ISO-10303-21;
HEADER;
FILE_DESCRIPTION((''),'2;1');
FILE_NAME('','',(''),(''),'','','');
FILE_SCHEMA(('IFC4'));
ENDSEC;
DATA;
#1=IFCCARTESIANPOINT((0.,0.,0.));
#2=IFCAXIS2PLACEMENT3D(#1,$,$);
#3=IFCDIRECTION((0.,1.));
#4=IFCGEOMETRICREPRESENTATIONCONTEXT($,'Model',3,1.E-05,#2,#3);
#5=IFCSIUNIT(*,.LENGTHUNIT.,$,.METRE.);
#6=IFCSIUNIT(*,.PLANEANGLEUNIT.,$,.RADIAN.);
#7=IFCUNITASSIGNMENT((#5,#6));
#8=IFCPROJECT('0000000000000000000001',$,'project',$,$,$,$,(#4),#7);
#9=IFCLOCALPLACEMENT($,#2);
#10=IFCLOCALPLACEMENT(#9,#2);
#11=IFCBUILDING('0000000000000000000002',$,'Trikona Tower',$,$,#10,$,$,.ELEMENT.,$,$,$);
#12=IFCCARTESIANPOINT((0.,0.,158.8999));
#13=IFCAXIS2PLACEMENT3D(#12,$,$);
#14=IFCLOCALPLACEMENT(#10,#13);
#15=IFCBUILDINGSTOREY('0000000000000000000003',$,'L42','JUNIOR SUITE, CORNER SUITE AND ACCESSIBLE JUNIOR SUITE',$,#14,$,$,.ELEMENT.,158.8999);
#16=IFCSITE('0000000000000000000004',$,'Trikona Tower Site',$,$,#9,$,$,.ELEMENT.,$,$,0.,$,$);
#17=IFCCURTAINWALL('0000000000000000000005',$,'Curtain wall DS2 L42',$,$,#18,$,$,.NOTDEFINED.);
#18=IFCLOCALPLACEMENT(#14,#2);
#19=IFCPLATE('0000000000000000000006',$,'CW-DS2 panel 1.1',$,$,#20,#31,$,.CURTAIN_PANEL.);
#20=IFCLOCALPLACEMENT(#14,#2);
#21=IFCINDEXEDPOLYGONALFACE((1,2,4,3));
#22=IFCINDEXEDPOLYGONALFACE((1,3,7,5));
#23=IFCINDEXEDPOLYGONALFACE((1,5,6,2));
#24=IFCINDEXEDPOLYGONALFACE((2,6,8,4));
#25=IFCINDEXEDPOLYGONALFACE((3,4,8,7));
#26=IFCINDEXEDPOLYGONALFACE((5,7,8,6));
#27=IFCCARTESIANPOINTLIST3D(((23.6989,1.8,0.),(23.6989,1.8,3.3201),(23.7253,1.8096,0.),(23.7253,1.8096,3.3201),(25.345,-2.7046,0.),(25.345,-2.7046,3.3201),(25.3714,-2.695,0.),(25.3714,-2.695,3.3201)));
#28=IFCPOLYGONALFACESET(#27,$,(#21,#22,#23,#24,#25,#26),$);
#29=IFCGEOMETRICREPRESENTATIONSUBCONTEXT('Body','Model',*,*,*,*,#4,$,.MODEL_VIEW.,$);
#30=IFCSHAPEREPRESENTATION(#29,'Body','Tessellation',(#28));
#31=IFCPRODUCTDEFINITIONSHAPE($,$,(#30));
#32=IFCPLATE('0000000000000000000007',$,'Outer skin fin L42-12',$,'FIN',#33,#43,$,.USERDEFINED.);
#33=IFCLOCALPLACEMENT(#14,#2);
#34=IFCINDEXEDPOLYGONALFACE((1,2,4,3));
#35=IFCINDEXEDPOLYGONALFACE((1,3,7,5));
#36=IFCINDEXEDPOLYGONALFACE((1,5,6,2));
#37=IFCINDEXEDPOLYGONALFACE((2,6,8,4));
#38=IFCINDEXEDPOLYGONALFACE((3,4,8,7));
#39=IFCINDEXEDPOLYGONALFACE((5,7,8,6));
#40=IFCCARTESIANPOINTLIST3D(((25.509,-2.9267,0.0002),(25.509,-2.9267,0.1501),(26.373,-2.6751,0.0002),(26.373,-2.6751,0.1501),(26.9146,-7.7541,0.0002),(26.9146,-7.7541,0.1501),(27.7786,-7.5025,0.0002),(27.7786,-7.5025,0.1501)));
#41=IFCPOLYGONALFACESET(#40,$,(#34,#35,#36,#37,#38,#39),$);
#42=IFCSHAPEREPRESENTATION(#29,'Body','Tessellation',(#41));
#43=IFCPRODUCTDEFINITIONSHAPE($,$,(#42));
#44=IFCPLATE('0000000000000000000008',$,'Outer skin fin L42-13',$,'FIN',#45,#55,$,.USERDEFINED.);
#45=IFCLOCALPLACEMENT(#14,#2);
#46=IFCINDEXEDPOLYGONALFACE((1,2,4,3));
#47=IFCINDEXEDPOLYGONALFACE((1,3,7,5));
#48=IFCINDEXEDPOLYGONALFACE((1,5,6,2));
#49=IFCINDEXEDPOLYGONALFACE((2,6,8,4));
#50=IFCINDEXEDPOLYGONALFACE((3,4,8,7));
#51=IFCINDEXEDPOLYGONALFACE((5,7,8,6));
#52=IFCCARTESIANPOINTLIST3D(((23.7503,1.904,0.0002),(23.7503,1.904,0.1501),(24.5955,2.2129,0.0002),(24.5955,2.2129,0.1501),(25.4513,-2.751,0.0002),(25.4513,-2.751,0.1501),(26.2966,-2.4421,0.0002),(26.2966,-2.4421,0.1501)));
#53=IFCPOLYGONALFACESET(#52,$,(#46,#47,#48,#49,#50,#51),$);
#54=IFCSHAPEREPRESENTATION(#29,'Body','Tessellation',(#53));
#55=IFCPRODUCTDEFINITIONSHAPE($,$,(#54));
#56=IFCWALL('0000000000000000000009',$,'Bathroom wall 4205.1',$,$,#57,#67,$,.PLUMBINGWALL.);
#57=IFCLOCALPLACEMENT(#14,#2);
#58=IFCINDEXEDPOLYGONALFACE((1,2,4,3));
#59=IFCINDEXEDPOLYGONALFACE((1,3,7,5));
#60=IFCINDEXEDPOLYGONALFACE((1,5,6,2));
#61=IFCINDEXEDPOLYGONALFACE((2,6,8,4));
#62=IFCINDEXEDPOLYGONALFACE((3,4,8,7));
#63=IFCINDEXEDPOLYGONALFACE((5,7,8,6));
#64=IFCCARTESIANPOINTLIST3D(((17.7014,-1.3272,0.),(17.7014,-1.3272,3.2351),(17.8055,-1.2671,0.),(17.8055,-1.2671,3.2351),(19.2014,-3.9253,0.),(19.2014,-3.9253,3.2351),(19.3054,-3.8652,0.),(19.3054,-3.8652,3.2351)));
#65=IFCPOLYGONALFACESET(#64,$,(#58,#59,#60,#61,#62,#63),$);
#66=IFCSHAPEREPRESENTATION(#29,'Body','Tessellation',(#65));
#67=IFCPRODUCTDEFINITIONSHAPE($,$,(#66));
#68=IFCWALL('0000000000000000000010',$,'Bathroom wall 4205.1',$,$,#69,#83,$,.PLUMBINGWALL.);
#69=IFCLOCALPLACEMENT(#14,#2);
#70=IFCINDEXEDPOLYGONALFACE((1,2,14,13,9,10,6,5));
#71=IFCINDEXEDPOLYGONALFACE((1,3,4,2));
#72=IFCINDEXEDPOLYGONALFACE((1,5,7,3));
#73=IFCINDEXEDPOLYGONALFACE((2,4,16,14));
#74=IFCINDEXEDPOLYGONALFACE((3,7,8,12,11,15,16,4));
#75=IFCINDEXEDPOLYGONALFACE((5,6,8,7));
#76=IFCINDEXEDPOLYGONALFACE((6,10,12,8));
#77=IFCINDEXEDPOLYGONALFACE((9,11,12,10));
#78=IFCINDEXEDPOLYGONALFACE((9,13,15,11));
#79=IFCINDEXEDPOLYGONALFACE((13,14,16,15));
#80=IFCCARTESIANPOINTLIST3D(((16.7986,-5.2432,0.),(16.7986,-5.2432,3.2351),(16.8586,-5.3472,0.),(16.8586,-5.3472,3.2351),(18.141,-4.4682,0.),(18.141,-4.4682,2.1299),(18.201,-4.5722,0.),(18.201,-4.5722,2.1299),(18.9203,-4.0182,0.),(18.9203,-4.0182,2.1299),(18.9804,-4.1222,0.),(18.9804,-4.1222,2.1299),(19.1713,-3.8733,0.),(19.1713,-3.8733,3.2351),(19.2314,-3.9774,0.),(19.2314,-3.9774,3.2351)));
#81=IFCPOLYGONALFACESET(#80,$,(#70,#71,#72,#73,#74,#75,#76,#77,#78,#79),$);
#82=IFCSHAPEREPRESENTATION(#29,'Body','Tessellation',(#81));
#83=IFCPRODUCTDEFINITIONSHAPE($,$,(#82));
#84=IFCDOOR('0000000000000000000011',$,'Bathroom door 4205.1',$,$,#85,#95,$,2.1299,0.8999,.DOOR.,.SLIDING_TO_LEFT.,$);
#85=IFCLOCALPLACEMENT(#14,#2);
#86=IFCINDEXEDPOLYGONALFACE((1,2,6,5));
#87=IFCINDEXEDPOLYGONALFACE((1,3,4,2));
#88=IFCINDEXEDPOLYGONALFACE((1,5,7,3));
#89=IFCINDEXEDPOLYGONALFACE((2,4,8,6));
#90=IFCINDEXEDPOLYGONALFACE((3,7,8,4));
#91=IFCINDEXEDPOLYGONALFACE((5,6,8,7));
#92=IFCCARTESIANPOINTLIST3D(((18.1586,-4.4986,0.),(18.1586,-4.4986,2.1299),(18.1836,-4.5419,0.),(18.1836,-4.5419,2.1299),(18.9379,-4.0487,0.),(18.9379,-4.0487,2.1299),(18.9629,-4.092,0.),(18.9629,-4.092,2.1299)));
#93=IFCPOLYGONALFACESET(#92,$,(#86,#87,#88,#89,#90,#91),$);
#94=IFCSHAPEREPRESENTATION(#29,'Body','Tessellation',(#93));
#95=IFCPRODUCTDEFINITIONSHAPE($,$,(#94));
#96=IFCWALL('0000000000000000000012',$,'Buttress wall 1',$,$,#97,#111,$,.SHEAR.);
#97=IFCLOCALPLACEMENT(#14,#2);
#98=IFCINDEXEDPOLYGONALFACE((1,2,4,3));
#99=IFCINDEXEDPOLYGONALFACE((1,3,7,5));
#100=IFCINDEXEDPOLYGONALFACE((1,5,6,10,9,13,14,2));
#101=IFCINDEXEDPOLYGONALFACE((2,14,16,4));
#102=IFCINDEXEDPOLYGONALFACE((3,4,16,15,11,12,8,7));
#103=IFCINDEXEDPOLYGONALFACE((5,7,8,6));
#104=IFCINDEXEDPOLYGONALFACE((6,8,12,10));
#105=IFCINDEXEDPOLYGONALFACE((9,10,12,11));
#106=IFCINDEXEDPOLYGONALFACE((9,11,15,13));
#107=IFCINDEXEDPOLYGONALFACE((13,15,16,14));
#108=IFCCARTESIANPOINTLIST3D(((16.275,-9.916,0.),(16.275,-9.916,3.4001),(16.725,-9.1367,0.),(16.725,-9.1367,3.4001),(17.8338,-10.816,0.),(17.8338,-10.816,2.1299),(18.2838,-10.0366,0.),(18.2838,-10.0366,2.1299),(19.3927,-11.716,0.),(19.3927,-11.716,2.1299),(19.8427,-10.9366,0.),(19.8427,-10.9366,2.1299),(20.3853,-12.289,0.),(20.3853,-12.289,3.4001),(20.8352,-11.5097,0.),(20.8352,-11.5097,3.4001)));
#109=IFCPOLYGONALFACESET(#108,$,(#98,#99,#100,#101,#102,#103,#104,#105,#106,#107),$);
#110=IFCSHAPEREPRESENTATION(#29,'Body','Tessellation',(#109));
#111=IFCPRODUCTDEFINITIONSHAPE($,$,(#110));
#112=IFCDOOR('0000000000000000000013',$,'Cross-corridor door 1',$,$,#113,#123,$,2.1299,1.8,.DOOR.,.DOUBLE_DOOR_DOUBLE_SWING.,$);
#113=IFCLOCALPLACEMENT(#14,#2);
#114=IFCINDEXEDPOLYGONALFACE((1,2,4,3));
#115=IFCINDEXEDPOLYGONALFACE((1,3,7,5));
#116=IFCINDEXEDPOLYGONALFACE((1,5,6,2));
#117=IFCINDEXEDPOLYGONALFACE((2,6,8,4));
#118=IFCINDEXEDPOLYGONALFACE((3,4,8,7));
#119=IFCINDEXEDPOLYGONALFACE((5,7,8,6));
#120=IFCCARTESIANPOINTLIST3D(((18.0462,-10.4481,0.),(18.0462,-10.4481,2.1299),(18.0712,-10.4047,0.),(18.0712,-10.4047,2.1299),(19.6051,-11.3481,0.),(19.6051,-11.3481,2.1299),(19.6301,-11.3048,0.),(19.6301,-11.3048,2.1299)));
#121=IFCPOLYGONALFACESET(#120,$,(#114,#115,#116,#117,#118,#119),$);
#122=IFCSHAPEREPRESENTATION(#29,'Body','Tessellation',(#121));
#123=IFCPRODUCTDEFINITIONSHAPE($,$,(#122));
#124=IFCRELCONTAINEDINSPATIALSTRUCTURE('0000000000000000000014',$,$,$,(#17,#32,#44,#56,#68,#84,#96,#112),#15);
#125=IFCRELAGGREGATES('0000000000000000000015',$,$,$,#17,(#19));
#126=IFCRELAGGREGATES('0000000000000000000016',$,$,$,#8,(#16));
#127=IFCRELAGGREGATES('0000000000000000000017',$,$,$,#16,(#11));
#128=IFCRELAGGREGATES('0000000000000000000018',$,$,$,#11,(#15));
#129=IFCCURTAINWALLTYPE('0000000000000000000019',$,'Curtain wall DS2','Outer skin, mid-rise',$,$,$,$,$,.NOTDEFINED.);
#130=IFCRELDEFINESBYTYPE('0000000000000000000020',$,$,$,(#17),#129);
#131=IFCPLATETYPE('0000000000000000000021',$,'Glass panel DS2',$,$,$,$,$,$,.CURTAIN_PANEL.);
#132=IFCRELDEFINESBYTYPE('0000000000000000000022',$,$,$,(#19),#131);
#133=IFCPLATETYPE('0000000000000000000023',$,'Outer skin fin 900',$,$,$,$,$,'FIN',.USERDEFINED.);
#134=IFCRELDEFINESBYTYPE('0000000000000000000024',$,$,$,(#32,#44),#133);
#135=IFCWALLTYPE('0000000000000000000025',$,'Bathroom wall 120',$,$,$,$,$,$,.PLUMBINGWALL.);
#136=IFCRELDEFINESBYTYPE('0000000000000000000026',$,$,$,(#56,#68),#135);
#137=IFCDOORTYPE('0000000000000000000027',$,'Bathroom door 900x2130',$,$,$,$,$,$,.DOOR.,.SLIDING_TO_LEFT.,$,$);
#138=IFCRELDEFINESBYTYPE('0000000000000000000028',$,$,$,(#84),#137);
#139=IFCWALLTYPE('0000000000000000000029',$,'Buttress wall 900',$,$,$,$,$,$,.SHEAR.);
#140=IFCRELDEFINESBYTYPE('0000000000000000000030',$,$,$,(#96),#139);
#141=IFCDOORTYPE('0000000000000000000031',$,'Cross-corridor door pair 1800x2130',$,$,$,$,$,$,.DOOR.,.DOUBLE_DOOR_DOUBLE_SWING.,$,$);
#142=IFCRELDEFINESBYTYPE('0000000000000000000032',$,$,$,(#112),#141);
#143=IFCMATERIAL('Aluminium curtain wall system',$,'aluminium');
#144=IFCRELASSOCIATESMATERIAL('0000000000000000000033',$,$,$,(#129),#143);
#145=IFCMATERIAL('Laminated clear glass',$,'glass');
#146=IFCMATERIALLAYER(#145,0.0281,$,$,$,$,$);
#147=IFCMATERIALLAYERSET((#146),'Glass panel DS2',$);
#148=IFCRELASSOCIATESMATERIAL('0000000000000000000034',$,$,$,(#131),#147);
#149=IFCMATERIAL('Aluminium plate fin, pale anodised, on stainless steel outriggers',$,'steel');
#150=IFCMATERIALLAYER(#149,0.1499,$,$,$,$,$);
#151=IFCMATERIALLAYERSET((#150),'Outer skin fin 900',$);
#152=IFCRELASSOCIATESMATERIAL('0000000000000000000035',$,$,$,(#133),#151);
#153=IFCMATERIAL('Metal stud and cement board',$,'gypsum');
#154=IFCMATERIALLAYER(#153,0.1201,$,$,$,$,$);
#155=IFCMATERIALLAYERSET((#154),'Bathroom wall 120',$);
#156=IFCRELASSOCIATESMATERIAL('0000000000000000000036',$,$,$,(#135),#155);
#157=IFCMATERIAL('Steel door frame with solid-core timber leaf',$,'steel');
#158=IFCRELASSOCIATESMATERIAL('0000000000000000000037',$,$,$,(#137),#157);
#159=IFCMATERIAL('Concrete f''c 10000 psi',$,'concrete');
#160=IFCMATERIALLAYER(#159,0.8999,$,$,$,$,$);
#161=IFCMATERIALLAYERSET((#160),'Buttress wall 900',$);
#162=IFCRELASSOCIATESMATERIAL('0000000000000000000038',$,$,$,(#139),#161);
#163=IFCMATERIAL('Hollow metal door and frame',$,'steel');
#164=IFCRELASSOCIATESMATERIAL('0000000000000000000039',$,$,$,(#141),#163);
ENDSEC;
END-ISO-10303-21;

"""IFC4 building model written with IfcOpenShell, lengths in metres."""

from ifc_helpers import new_model, si_unit, direction, frame, frame_2d, origin, origin_2d, place, context, subcontext, project, spatial, rectangle, extrude, material, layer, layer_set, type_object, element, fill, aggregate, save


model = new_model("IFC4")

# Units and contexts
model_context = context("Model", 3, precision=1e-05, world=origin(), true_north=direction((0.0, 1.0)))
body_context = subcontext(model_context, "Body", "Model", "MODEL_VIEW")
ifc_project = project(units=[si_unit("LENGTHUNIT", "METRE"), si_unit("PLANEANGLEUNIT", "RADIAN")], contexts=[model_context])

# Site, building, storey
site_placement = place(None, origin())
site = spatial("IfcSite", under=ifc_project, at=site_placement, Name="Trikona Tower Site", CompositionType="ELEMENT", RefElevation=0.0)
building_placement = place(site_placement, origin())
building = spatial("IfcBuilding", under=site, at=building_placement, Name="Trikona Tower", CompositionType="ELEMENT")
storey_placement = place(building_placement, frame((0.0, 0.0, 158.8999)))
storey = spatial("IfcBuildingStorey", under=building, at=storey_placement, Name="L42", Description="JUNIOR SUITE, CORNER SUITE AND ACCESSIBLE JUNIOR SUITE", CompositionType="ELEMENT", Elevation=158.8999)

# Shared definitions
ifc_material_1 = material(Name="Aluminium curtain wall system", Category="aluminium")
curtain_wall_type = type_object("IfcCurtainWallType", Name="Curtain wall DS2", Description="Outer skin, mid-rise", PredefinedType="NOTDEFINED", material=ifc_material_1)

# Curtain wall
curtain_wall_1_placement = place(storey_placement, origin())
curtain_wall_1 = element("IfcCurtainWall", 1, at=curtain_wall_1_placement, inside=storey, type_object=curtain_wall_type, Name="Curtain wall DS2 L42", PredefinedType="NOTDEFINED")

# Plate
ifc_material_2 = material(Name="Laminated clear glass", Category="glass")
ifc_layer_1 = layer(ifc_material_2, 0.0281)
ifc_layer_set_1 = layer_set([ifc_layer_1], Name="Glass panel DS2")
plate_type_1 = type_object("IfcPlateType", Name="Glass panel DS2", PredefinedType="CURTAIN_PANEL", material=ifc_layer_set_1)
plate_1_placement = place(storey_placement, frame((24.5352, -0.4475, 0.0), z_axis=(0.0, 0.0, 1.0), x_axis=(-0.343223, 0.939254, 0.0)))
plate_1 = element("IfcPlate", 2, at=plate_1_placement, type_object=plate_type_1, Name="CW-DS2 panel 1.1", PredefinedType="CURTAIN_PANEL", context=body_context, shape_type="SweptSolid", body=[
    extrude(rectangle(XDim=4.7959, YDim=0.0281, at=origin_2d()), origin(), (0.0, 0.0, 1.0), 3.3201),
])
aggregate(curtain_wall_1, [plate_1])

# Plates
ifc_material_3 = material(Name="Aluminium plate fin, pale anodised, on stainless steel outriggers", Category="steel")
ifc_layer_2 = layer(ifc_material_3, 0.1499)
ifc_layer_set_2 = layer_set([ifc_layer_2], Name="Outer skin fin 900")
plate_type_2 = type_object("IfcPlateType", Name="Outer skin fin 900", ElementType="FIN", PredefinedType="USERDEFINED", material=ifc_layer_set_2)
plate_2_placement = place(storey_placement, frame((26.6438, -5.2146, 0.0002), z_axis=(0.0, 0.0, 1.0), x_axis=(-0.279554, 0.96013, 0.0)))
element("IfcPlate", 3, at=plate_2_placement, inside=storey, type_object=plate_type_2, Name="Outer skin fin L42-12", ObjectType="FIN", PredefinedType="USERDEFINED", context=body_context, shape_type="SweptSolid", body=[
    extrude(rectangle(XDim=5.0278, YDim=0.8999, at=origin_2d()), origin(), (0.0, 0.0, 1.0), 0.1499),
])
plate_3_placement = place(storey_placement, frame((25.0234, -0.269, 0.0002), z_axis=(0.0, 0.0, 1.0), x_axis=(-0.34322, 0.939255, 0.0)))
element("IfcPlate", 4, at=plate_3_placement, inside=storey, type_object=plate_type_2, Name="Outer skin fin L42-13", ObjectType="FIN", PredefinedType="USERDEFINED", context=body_context, shape_type="SweptSolid", body=[
    extrude(rectangle(XDim=4.9561, YDim=0.8999, at=origin_2d()), origin(), (0.0, 0.0, 1.0), 0.1499),
])

# Wall
ifc_material_4 = material(Name="Metal stud and cement board", Category="gypsum")
ifc_layer_3 = layer(ifc_material_4, 0.1201)
ifc_layer_set_3 = layer_set([ifc_layer_3], Name="Bathroom wall 120")
wall_type_1 = type_object("IfcWallType", Name="Bathroom wall 120", PredefinedType="PLUMBINGWALL", material=ifc_layer_set_3)
wall_1_placement = place(storey_placement, frame((19.2534, -3.8953, 0.0), z_axis=(0.0, 0.0, 1.0), x_axis=(-0.49999, 0.866031, 0.0)))
element("IfcWall", 5, at=wall_1_placement, inside=storey, type_object=wall_type_1, Name="Bathroom wall 4205.1", PredefinedType="PLUMBINGWALL", context=body_context, shape_type="SweptSolid", body=[
    extrude(rectangle(XDim=3.0, YDim=0.1201, at=frame_2d((1.5, 0.0))), origin(), (0.0, 0.0, 1.0), 3.2351),
])

# Walls, openings, doors
wall_2_placement = place(storey_placement, frame((16.8286, -5.2952, 0.0), z_axis=(0.0, 0.0, 1.0), x_axis=(0.866036, 0.499982, 0.0)))
wall_2 = element("IfcWall", 6, at=wall_2_placement, inside=storey, type_object=wall_type_1, Name="Bathroom wall 4205.1", PredefinedType="PLUMBINGWALL", context=body_context, shape_type="SweptSolid", body=[
    extrude(rectangle(XDim=2.7397, YDim=0.1201, at=frame_2d((1.3699, 0.0))), origin(), (0.0, 0.0, 1.0), 3.2351),
])
opening_1_placement = place(wall_2_placement, frame((1.55, 0.0, 0.0)))
opening_1 = element("IfcOpeningElement", 7, at=opening_1_placement, cuts=wall_2, PredefinedType="OPENING", context=body_context, shape_type="SweptSolid", body=[
    extrude(rectangle(XDim=0.8999, YDim=2.1299, at=frame_2d((0.45, 1.0649))), frame((0.0, 0.0701, 0.0), z_axis=(0.0, -1.0, 0.0), x_axis=(1.0, 0.0, 0.0)), (0.0, 0.0, 1.0), 0.1401),
])
ifc_material_5 = material(Name="Steel door frame with solid-core timber leaf", Category="steel")
door_type_1 = type_object("IfcDoorType", Name="Bathroom door 900x2130", OperationType="SLIDING_TO_LEFT", PredefinedType="DOOR", material=ifc_material_5)
door_1_placement = place(opening_1_placement, origin())
door_1 = element("IfcDoor", 8, at=door_1_placement, inside=storey, type_object=door_type_1, Name="Bathroom door 4205.1", OperationType="SLIDING_TO_LEFT", OverallHeight=2.1299, OverallWidth=0.8999, PredefinedType="DOOR", context=body_context, shape_type="SweptSolid", body=[
    extrude(rectangle(XDim=0.8999, YDim=2.1299, at=frame_2d((0.45, 1.0649))), frame((0.0, 0.0249, 0.0), z_axis=(0.0, -1.0, 0.0), x_axis=(1.0, 0.0, 0.0)), (0.0, 0.0, 1.0), 0.05),
])
fill(opening_1, door_1)
ifc_material_6 = material(Name="Concrete f'c 10000 psi", Category="concrete")
ifc_layer_4 = layer(ifc_material_6, 0.8999)
ifc_layer_set_4 = layer_set([ifc_layer_4], Name="Buttress wall 900")
wall_type_2 = type_object("IfcWallType", Name="Buttress wall 900", PredefinedType="SHEAR", material=ifc_layer_set_4)
wall_3_placement = place(storey_placement, frame((16.5, -9.5264, 0.0), z_axis=(0.0, 0.0, 1.0), x_axis=(0.866031, -0.49999, 0.0)))
wall_3 = element("IfcWall", 9, at=wall_3_placement, inside=storey, type_object=wall_type_2, Name="Buttress wall 1", PredefinedType="SHEAR", context=body_context, shape_type="SweptSolid", body=[
    extrude(rectangle(XDim=4.7461, YDim=0.8999, at=frame_2d((2.373, 0.0))), origin(), (0.0, 0.0, 1.0), 3.4001),
])
opening_2_placement = place(wall_3_placement, frame((1.8, 0.0, 0.0)))
opening_2 = element("IfcOpeningElement", 10, at=opening_2_placement, cuts=wall_3, PredefinedType="OPENING", context=body_context, shape_type="SweptSolid", body=[
    extrude(rectangle(XDim=1.8, YDim=2.1299, at=frame_2d((0.8999, 1.0649))), frame((0.0, 0.46, 0.0), z_axis=(0.0, -1.0, 0.0), x_axis=(1.0, 0.0, 0.0)), (0.0, 0.0, 1.0), 0.9199),
])
ifc_material_7 = material(Name="Hollow metal door and frame", Category="steel")
door_type_2 = type_object("IfcDoorType", Name="Cross-corridor door pair 1800x2130", OperationType="DOUBLE_DOOR_DOUBLE_SWING", PredefinedType="DOOR", material=ifc_material_7)
door_2_placement = place(opening_2_placement, origin())
door_2 = element("IfcDoor", 11, at=door_2_placement, inside=storey, type_object=door_type_2, Name="Cross-corridor door 1", OperationType="DOUBLE_DOOR_DOUBLE_SWING", OverallHeight=2.1299, OverallWidth=1.8, PredefinedType="DOOR", context=body_context, shape_type="SweptSolid", body=[
    extrude(rectangle(XDim=1.8, YDim=2.1299, at=frame_2d((0.8999, 1.0649))), frame((0.0, 0.0249, 0.0), z_axis=(0.0, -1.0, 0.0), x_axis=(1.0, 0.0, 0.0)), (0.0, 0.0, 1.0), 0.05),
])
fill(opening_2, door_2)

save(model, "model.ifc")
